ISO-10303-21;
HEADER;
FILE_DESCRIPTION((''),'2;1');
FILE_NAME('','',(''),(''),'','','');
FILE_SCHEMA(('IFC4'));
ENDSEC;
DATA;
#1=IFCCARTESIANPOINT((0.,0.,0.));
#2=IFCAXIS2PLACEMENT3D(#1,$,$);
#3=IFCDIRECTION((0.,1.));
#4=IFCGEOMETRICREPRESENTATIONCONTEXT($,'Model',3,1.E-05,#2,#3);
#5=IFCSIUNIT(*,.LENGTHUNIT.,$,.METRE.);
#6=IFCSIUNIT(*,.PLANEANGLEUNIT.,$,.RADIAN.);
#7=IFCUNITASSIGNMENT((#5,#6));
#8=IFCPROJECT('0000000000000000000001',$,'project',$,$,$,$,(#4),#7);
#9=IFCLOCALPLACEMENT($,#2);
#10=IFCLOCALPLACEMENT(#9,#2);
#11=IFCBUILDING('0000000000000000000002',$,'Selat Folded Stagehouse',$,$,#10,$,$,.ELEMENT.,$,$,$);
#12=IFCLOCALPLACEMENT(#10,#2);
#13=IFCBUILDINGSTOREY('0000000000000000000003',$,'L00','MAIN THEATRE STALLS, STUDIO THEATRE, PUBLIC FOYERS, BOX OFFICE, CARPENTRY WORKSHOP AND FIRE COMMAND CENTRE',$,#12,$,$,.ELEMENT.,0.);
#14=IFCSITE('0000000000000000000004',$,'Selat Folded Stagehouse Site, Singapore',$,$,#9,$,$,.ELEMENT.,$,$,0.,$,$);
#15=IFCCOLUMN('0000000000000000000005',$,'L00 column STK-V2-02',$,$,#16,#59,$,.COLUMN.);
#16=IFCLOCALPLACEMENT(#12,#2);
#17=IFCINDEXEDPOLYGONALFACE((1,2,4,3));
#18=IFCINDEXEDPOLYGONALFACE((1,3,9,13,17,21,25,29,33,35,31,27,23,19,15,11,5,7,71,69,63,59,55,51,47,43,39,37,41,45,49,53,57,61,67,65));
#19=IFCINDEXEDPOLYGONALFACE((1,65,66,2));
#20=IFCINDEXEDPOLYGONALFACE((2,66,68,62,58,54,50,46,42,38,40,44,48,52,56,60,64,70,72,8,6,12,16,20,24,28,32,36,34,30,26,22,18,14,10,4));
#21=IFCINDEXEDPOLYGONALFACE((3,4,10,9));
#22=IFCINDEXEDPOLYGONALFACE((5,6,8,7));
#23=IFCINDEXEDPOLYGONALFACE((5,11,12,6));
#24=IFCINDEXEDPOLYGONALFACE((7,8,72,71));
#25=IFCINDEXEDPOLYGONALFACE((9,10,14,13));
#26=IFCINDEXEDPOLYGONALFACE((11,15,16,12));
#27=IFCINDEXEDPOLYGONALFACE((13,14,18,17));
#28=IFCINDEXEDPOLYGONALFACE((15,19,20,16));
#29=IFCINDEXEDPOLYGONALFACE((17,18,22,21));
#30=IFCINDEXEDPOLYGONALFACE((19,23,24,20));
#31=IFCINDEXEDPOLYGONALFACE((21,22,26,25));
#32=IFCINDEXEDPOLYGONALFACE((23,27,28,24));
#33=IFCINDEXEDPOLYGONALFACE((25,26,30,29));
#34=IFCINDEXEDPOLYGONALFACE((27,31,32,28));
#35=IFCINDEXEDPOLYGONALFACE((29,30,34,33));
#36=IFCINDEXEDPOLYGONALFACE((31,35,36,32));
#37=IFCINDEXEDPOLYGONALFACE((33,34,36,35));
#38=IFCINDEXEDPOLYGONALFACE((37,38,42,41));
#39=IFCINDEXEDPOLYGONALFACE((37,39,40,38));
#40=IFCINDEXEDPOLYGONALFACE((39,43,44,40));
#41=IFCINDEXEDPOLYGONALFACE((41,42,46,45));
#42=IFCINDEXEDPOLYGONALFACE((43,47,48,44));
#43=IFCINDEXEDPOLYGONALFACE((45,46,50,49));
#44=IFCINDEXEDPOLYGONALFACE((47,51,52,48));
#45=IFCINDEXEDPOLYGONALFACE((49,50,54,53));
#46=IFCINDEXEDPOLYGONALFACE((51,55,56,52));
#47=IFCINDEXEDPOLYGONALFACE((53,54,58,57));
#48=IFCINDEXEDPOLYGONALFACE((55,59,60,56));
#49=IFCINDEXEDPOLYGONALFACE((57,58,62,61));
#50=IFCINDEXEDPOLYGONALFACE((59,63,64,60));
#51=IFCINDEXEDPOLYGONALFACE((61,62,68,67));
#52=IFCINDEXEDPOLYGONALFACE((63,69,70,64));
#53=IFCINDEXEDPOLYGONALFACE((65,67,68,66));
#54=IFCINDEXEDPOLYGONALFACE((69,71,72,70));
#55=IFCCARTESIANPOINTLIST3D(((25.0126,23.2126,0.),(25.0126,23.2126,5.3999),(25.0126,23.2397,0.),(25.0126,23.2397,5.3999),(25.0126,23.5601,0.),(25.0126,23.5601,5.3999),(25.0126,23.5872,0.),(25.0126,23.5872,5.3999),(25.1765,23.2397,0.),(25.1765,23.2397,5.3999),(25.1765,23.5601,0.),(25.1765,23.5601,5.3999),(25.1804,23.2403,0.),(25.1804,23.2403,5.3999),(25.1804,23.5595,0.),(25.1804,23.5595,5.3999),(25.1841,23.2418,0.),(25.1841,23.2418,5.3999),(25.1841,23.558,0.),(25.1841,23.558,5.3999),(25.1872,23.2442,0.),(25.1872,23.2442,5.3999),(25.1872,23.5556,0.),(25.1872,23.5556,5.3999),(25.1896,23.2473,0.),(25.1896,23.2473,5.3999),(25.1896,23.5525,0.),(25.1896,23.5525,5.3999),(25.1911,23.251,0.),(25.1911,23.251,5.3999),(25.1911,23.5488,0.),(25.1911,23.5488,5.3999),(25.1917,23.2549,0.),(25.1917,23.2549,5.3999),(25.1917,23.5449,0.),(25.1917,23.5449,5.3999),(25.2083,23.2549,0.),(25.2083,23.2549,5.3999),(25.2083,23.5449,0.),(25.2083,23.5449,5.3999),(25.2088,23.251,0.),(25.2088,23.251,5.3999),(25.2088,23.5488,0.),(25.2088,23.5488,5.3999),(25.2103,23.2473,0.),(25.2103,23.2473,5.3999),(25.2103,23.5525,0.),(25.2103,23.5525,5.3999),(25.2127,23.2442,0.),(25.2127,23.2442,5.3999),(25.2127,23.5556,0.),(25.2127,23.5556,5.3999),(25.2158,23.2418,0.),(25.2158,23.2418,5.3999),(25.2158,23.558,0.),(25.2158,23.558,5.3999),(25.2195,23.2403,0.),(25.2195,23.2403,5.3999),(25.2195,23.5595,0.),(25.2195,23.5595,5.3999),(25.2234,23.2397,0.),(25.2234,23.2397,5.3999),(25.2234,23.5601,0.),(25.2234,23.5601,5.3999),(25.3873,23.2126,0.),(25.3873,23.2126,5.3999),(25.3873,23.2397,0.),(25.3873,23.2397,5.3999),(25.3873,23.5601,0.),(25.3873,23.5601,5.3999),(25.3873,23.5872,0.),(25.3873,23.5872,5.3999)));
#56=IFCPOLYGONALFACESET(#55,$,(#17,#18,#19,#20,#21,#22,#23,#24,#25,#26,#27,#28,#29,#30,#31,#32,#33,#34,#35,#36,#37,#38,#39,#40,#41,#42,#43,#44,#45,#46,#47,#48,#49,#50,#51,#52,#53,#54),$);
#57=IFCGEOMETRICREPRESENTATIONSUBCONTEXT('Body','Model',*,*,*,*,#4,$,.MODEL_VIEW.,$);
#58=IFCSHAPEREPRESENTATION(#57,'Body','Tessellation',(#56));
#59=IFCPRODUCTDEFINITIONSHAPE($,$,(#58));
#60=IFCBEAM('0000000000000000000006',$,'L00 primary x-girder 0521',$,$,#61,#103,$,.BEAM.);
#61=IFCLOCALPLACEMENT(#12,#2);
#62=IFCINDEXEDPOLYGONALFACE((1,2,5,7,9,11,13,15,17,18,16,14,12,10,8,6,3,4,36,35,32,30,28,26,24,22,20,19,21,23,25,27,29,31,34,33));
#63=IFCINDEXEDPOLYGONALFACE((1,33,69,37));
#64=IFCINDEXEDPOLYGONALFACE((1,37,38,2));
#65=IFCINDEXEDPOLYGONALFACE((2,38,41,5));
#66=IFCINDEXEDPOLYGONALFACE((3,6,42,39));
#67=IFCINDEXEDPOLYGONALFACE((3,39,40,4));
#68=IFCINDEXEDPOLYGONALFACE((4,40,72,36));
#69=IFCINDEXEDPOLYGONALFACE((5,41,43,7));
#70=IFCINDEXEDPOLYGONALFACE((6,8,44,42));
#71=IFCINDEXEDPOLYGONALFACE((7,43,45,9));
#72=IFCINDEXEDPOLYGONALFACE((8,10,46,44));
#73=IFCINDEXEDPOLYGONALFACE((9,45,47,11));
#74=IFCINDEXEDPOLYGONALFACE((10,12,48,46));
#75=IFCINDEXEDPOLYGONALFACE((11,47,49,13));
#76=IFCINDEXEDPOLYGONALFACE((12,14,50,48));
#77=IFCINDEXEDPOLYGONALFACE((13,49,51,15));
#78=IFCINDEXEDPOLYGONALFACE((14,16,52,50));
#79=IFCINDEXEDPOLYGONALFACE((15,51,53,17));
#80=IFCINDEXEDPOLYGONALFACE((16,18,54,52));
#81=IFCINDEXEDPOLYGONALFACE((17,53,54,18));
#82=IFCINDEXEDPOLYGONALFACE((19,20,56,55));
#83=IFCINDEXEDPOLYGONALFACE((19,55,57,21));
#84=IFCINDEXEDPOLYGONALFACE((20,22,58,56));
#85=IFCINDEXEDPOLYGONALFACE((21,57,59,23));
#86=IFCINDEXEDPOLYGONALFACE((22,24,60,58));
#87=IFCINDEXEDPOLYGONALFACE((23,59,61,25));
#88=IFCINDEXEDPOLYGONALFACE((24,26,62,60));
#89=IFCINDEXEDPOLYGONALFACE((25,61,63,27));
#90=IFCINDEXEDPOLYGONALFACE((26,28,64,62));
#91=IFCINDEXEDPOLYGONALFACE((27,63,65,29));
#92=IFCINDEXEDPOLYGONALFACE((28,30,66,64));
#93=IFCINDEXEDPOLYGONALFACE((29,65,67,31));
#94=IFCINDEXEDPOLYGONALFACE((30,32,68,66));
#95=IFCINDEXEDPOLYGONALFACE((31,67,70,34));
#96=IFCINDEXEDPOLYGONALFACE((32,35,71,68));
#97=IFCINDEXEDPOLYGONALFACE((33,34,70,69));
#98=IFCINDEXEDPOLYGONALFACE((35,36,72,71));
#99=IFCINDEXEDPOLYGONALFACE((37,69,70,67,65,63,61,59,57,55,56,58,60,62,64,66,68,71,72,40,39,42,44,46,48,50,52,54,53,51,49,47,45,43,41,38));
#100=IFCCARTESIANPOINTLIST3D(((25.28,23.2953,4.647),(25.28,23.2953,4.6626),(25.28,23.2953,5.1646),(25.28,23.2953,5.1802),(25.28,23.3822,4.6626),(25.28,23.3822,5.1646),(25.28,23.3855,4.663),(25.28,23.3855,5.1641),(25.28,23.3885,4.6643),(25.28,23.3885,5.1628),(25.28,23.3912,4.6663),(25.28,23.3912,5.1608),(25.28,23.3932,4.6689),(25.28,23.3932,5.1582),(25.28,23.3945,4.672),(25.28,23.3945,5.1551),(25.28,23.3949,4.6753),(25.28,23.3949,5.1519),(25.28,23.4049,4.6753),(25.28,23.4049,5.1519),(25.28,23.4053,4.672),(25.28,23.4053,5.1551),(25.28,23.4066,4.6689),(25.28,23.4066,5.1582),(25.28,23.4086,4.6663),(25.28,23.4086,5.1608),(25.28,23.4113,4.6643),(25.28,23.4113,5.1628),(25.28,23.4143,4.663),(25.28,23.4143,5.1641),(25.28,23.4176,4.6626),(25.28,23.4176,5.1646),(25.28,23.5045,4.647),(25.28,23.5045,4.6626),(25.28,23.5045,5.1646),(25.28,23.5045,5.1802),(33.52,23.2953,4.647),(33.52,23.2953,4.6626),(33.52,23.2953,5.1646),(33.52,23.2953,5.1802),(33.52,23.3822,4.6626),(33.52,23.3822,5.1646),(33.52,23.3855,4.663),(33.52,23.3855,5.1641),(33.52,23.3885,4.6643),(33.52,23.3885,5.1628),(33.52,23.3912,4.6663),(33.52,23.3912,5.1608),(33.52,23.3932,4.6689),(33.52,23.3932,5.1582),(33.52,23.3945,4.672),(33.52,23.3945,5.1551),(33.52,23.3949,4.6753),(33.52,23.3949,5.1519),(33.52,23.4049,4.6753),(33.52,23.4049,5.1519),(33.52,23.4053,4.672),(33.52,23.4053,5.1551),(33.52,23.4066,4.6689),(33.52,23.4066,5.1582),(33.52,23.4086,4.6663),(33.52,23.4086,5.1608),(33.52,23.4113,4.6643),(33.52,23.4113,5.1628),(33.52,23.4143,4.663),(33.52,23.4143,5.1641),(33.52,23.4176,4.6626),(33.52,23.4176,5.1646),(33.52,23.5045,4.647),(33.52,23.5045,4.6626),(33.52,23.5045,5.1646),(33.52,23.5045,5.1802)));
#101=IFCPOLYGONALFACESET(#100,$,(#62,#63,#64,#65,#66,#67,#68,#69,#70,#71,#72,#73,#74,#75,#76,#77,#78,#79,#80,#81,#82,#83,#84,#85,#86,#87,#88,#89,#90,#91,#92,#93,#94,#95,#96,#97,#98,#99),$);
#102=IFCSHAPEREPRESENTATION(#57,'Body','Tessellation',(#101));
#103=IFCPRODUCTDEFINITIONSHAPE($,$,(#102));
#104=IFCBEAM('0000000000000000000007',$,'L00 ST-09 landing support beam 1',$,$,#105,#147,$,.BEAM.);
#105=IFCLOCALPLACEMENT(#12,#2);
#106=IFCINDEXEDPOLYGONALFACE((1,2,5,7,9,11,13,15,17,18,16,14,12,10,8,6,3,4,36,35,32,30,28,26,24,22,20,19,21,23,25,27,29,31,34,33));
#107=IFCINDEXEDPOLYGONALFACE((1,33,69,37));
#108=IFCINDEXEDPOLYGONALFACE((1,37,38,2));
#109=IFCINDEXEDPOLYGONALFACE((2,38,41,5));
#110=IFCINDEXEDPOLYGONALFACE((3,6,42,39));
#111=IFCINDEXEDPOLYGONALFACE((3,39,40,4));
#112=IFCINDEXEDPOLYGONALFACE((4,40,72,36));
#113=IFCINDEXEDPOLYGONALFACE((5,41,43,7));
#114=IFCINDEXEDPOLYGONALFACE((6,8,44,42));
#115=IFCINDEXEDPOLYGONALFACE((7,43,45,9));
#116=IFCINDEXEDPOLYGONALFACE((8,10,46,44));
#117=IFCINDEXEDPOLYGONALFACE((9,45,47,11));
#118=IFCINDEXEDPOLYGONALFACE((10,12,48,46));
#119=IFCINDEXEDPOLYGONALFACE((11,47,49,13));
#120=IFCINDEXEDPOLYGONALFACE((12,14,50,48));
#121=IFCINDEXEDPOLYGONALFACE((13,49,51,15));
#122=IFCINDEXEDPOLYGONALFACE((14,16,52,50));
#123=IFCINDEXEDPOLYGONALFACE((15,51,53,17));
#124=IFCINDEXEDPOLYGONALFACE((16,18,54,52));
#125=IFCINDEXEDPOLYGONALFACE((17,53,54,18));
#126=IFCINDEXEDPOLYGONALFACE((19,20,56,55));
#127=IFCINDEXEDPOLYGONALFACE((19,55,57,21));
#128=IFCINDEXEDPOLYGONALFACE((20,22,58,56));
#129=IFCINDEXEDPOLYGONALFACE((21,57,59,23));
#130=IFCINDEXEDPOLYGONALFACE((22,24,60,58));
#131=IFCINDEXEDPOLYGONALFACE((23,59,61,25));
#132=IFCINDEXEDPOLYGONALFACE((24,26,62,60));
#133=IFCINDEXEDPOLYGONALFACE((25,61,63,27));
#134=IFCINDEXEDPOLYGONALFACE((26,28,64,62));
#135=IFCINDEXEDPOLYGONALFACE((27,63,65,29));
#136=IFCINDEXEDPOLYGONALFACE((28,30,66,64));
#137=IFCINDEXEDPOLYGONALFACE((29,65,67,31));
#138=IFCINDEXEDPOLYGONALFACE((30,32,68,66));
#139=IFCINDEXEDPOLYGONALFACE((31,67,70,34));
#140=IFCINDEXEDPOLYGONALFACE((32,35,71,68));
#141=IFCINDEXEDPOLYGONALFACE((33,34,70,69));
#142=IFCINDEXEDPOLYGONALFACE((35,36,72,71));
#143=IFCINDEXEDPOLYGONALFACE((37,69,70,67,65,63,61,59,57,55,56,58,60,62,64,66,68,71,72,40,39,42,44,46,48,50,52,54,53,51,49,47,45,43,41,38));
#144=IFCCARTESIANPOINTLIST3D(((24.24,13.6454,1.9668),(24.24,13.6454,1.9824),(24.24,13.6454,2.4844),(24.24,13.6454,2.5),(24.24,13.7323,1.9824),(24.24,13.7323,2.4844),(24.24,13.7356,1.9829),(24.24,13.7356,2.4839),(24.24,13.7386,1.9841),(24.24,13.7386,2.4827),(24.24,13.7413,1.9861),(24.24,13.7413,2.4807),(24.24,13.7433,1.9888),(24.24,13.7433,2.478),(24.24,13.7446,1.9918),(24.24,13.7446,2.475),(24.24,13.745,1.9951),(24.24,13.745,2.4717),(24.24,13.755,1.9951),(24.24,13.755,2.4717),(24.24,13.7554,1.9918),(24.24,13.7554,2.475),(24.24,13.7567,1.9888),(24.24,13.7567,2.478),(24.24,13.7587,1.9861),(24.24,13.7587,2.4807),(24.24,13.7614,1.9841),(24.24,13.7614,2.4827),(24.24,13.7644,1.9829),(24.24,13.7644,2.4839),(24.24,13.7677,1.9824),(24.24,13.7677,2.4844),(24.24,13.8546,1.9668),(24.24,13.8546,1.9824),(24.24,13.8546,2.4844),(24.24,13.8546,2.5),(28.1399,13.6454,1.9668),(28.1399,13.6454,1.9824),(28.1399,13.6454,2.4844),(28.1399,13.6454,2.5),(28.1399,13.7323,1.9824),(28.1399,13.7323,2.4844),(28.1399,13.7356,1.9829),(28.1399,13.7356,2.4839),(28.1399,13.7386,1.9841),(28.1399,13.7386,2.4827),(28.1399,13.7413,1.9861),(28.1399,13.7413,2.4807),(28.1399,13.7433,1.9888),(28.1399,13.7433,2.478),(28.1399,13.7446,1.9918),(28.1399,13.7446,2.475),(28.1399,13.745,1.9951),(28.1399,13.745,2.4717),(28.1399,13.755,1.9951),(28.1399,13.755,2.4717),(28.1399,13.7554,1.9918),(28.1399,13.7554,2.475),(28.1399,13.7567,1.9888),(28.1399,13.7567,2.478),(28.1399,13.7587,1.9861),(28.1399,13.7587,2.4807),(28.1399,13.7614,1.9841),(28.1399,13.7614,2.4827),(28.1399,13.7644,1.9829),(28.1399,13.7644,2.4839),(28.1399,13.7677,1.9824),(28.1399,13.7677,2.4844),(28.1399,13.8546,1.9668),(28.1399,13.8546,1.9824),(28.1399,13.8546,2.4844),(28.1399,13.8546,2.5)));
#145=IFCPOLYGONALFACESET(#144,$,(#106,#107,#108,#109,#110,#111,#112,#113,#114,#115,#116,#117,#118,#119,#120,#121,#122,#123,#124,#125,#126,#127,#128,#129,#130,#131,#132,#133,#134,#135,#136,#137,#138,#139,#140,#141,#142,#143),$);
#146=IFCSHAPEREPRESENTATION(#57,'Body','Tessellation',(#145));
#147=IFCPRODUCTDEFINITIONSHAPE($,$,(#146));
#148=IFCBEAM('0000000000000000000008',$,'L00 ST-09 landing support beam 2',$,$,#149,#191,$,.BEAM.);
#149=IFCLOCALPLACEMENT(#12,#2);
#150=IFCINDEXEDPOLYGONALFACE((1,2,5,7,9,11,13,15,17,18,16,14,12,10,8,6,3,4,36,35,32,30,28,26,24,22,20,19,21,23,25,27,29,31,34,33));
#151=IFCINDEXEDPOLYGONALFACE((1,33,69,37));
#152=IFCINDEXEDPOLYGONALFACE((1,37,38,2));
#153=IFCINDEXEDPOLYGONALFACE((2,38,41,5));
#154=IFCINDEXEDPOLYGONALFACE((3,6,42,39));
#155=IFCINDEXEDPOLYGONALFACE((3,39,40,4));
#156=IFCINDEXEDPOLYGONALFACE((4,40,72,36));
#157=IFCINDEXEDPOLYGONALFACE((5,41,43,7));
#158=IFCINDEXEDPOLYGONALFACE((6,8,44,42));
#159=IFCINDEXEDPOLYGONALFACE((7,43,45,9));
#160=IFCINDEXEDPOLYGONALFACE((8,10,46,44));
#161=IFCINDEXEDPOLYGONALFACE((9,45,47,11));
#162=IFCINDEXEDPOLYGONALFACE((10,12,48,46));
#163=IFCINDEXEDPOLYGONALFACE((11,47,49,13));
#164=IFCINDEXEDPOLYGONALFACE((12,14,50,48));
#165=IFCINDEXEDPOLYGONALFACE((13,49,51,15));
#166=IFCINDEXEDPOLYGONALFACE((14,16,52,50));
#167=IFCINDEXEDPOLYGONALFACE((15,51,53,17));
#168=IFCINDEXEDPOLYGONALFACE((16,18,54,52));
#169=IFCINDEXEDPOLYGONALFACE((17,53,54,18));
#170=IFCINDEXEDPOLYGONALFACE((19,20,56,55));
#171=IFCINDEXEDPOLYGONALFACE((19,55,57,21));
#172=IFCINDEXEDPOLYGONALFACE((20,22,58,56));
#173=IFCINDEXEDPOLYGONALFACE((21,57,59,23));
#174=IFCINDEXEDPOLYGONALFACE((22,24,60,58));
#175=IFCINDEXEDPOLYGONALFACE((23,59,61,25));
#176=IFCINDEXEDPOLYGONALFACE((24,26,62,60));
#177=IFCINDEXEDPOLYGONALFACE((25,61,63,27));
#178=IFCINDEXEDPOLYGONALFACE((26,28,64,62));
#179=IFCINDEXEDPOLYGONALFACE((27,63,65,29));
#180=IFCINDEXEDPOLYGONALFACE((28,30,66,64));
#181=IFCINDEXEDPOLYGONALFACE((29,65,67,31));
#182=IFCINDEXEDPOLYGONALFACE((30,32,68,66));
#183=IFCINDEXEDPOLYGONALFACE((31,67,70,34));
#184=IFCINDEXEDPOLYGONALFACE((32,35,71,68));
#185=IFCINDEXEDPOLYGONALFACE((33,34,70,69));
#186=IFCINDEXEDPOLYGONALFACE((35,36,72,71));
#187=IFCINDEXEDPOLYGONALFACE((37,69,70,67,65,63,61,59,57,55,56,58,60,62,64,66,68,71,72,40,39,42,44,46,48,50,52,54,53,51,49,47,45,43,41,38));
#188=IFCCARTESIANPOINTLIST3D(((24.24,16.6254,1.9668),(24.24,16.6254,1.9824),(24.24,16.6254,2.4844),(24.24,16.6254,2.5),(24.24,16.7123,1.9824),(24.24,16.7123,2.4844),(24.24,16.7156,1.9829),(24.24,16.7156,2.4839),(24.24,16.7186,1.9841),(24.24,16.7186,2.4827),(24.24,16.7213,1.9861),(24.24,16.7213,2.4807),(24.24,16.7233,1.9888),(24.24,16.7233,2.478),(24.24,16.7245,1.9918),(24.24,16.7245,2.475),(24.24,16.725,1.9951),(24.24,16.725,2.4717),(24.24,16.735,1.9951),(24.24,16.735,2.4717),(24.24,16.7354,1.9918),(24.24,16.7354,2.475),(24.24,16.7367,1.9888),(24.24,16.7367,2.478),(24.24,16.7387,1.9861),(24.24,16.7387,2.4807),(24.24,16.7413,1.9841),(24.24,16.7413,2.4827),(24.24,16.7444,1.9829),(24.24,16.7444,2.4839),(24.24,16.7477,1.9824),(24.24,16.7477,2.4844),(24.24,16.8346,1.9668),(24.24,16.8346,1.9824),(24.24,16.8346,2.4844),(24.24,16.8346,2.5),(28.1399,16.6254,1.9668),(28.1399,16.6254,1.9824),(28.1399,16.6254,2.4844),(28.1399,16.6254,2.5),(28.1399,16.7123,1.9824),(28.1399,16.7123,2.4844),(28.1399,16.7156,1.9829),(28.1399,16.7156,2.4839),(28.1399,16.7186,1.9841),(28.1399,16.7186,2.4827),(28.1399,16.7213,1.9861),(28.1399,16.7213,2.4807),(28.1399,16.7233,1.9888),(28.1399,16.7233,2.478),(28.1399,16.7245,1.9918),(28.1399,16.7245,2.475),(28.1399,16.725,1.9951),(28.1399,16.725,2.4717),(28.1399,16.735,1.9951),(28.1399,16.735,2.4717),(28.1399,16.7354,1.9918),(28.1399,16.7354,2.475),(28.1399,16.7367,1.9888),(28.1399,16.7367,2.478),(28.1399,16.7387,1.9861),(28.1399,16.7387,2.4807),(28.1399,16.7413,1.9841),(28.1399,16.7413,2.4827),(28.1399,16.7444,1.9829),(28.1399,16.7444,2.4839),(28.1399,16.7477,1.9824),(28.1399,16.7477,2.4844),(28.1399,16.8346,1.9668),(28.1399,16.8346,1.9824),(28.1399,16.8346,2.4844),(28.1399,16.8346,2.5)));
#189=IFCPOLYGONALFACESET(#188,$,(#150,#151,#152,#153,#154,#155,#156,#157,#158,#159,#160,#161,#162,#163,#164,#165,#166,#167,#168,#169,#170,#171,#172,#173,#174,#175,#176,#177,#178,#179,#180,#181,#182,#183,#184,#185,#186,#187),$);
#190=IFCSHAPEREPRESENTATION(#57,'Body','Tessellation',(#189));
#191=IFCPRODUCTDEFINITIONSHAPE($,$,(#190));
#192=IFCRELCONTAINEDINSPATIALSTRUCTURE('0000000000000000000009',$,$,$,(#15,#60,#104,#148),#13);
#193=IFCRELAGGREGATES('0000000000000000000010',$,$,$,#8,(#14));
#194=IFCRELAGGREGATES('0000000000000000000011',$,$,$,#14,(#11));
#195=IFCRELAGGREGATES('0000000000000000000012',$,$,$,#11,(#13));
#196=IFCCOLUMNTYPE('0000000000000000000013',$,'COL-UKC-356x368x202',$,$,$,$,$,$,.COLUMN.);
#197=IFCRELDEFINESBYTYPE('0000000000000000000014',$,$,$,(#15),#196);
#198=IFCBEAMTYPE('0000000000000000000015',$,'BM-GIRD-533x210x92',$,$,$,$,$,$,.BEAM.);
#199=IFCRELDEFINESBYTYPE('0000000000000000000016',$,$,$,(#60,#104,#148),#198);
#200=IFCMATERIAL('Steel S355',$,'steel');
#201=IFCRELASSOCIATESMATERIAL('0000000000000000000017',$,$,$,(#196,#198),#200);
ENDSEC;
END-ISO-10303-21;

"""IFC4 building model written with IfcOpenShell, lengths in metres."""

from ifc_helpers import new_model, si_unit, direction, frame, origin, origin_2d, place, context, subcontext, project, spatial, i_section, extrude, material, material_profile, profile_set, type_object, element, save


model = new_model("IFC4")

# Units and contexts
model_context = context("Model", 3, precision=1e-05, world=origin(), true_north=direction((0.0, 1.0)))
body_context = subcontext(model_context, "Body", "Model", "MODEL_VIEW")
ifc_project = project(units=[si_unit("LENGTHUNIT", "METRE"), si_unit("PLANEANGLEUNIT", "RADIAN")], contexts=[model_context])

# Site, building, storey
site_placement = place(None, origin())
site = spatial("IfcSite", under=ifc_project, at=site_placement, Name="Selat Folded Stagehouse Site, Singapore", CompositionType="ELEMENT", RefElevation=0.0)
building_placement = place(site_placement, origin())
building = spatial("IfcBuilding", under=site, at=building_placement, Name="Selat Folded Stagehouse", CompositionType="ELEMENT")
storey_placement = place(building_placement, origin())
storey = spatial("IfcBuildingStorey", under=building, at=storey_placement, Name="L00", Description="MAIN THEATRE STALLS, STUDIO THEATRE, PUBLIC FOYERS, BOX OFFICE, CARPENTRY WORKSHOP AND FIRE COMMAND CENTRE", CompositionType="ELEMENT", Elevation=0.0)

# Column
ifc_material_1 = material(Name="Steel S355", Category="steel")
ifc_material_profile_1 = material_profile(ifc_material_1, i_section(OverallWidth=0.3748, OverallDepth=0.3745, WebThickness=0.0166, FlangeThickness=0.0271, FilletRadius=0.0151, at=origin_2d()), Name="UKC 356x368x202")
ifc_profile_set_1 = profile_set([ifc_material_profile_1], Name="Steel S355")
column_type = type_object("IfcColumnType", Name="COL-UKC-356x368x202", PredefinedType="COLUMN", material=ifc_profile_set_1)
column_placement = place(storey_placement, frame((25.2, 23.3999, 0.0), z_axis=(0.0, 0.0, 1.0), x_axis=(1.0, 0.0, 0.0)))
element("IfcColumn", 1, at=column_placement, inside=storey, type_object=column_type, Name="L00 column STK-V2-02", PredefinedType="COLUMN", context=body_context, shape_type="SweptSolid", body=[
    extrude(i_section(OverallWidth=0.3748, OverallDepth=0.3745, WebThickness=0.0166, FlangeThickness=0.0271, FilletRadius=0.0151, at=origin_2d()), origin(), (0.0, 0.0, 1.0), 5.3999),
])

# Beams
ifc_material_profile_2 = material_profile(ifc_material_1, i_section(OverallWidth=0.2092, OverallDepth=0.5332, WebThickness=0.01, FlangeThickness=0.0156, FilletRadius=0.0127, at=origin_2d()), Name="UKB 533x210x92")
ifc_profile_set_2 = profile_set([ifc_material_profile_2], Name="Steel S355")
beam_type = type_object("IfcBeamType", Name="BM-GIRD-533x210x92", PredefinedType="BEAM", material=ifc_profile_set_2)
beam_placement = place(storey_placement, frame((25.28, 23.3999, 4.9136), z_axis=(1.0, 0.0, 0.0), x_axis=(0.0, 1.0, 0.0)))
element("IfcBeam", 2, at=beam_placement, inside=storey, type_object=beam_type, Name="L00 primary x-girder 0521", PredefinedType="BEAM", context=body_context, shape_type="SweptSolid", body=[
    extrude(i_section(OverallWidth=0.2092, OverallDepth=0.5332, WebThickness=0.01, FlangeThickness=0.0156, FilletRadius=0.0127, at=origin_2d()), origin(), (0.0, 0.0, 1.0), 8.24),
])
for number, where, z_axis, x_axis, name in (
    (3, (24.24, 13.75, 2.2334), (1.0, 0.0, 0.0), (0.0, 1.0, 0.0), "L00 ST-09 landing support beam 1"),
    (4, (24.24, 16.73, 2.2334), (1.0, 0.0, 0.0), (0.0, 1.0, 0.0), "L00 ST-09 landing support beam 2"),
):
    element("IfcBeam", number, at=place(storey_placement, frame(where, z_axis=z_axis, x_axis=x_axis)), inside=storey, type_object=beam_type, Name=name, PredefinedType="BEAM", context=body_context, shape_type="SweptSolid", body=[
        extrude(i_section(OverallWidth=0.2092, OverallDepth=0.5332, WebThickness=0.01, FlangeThickness=0.0156, FilletRadius=0.0127, at=origin_2d()), origin(), (0.0, 0.0, 1.0), 3.8999),
    ])

save(model, "model.ifc")
